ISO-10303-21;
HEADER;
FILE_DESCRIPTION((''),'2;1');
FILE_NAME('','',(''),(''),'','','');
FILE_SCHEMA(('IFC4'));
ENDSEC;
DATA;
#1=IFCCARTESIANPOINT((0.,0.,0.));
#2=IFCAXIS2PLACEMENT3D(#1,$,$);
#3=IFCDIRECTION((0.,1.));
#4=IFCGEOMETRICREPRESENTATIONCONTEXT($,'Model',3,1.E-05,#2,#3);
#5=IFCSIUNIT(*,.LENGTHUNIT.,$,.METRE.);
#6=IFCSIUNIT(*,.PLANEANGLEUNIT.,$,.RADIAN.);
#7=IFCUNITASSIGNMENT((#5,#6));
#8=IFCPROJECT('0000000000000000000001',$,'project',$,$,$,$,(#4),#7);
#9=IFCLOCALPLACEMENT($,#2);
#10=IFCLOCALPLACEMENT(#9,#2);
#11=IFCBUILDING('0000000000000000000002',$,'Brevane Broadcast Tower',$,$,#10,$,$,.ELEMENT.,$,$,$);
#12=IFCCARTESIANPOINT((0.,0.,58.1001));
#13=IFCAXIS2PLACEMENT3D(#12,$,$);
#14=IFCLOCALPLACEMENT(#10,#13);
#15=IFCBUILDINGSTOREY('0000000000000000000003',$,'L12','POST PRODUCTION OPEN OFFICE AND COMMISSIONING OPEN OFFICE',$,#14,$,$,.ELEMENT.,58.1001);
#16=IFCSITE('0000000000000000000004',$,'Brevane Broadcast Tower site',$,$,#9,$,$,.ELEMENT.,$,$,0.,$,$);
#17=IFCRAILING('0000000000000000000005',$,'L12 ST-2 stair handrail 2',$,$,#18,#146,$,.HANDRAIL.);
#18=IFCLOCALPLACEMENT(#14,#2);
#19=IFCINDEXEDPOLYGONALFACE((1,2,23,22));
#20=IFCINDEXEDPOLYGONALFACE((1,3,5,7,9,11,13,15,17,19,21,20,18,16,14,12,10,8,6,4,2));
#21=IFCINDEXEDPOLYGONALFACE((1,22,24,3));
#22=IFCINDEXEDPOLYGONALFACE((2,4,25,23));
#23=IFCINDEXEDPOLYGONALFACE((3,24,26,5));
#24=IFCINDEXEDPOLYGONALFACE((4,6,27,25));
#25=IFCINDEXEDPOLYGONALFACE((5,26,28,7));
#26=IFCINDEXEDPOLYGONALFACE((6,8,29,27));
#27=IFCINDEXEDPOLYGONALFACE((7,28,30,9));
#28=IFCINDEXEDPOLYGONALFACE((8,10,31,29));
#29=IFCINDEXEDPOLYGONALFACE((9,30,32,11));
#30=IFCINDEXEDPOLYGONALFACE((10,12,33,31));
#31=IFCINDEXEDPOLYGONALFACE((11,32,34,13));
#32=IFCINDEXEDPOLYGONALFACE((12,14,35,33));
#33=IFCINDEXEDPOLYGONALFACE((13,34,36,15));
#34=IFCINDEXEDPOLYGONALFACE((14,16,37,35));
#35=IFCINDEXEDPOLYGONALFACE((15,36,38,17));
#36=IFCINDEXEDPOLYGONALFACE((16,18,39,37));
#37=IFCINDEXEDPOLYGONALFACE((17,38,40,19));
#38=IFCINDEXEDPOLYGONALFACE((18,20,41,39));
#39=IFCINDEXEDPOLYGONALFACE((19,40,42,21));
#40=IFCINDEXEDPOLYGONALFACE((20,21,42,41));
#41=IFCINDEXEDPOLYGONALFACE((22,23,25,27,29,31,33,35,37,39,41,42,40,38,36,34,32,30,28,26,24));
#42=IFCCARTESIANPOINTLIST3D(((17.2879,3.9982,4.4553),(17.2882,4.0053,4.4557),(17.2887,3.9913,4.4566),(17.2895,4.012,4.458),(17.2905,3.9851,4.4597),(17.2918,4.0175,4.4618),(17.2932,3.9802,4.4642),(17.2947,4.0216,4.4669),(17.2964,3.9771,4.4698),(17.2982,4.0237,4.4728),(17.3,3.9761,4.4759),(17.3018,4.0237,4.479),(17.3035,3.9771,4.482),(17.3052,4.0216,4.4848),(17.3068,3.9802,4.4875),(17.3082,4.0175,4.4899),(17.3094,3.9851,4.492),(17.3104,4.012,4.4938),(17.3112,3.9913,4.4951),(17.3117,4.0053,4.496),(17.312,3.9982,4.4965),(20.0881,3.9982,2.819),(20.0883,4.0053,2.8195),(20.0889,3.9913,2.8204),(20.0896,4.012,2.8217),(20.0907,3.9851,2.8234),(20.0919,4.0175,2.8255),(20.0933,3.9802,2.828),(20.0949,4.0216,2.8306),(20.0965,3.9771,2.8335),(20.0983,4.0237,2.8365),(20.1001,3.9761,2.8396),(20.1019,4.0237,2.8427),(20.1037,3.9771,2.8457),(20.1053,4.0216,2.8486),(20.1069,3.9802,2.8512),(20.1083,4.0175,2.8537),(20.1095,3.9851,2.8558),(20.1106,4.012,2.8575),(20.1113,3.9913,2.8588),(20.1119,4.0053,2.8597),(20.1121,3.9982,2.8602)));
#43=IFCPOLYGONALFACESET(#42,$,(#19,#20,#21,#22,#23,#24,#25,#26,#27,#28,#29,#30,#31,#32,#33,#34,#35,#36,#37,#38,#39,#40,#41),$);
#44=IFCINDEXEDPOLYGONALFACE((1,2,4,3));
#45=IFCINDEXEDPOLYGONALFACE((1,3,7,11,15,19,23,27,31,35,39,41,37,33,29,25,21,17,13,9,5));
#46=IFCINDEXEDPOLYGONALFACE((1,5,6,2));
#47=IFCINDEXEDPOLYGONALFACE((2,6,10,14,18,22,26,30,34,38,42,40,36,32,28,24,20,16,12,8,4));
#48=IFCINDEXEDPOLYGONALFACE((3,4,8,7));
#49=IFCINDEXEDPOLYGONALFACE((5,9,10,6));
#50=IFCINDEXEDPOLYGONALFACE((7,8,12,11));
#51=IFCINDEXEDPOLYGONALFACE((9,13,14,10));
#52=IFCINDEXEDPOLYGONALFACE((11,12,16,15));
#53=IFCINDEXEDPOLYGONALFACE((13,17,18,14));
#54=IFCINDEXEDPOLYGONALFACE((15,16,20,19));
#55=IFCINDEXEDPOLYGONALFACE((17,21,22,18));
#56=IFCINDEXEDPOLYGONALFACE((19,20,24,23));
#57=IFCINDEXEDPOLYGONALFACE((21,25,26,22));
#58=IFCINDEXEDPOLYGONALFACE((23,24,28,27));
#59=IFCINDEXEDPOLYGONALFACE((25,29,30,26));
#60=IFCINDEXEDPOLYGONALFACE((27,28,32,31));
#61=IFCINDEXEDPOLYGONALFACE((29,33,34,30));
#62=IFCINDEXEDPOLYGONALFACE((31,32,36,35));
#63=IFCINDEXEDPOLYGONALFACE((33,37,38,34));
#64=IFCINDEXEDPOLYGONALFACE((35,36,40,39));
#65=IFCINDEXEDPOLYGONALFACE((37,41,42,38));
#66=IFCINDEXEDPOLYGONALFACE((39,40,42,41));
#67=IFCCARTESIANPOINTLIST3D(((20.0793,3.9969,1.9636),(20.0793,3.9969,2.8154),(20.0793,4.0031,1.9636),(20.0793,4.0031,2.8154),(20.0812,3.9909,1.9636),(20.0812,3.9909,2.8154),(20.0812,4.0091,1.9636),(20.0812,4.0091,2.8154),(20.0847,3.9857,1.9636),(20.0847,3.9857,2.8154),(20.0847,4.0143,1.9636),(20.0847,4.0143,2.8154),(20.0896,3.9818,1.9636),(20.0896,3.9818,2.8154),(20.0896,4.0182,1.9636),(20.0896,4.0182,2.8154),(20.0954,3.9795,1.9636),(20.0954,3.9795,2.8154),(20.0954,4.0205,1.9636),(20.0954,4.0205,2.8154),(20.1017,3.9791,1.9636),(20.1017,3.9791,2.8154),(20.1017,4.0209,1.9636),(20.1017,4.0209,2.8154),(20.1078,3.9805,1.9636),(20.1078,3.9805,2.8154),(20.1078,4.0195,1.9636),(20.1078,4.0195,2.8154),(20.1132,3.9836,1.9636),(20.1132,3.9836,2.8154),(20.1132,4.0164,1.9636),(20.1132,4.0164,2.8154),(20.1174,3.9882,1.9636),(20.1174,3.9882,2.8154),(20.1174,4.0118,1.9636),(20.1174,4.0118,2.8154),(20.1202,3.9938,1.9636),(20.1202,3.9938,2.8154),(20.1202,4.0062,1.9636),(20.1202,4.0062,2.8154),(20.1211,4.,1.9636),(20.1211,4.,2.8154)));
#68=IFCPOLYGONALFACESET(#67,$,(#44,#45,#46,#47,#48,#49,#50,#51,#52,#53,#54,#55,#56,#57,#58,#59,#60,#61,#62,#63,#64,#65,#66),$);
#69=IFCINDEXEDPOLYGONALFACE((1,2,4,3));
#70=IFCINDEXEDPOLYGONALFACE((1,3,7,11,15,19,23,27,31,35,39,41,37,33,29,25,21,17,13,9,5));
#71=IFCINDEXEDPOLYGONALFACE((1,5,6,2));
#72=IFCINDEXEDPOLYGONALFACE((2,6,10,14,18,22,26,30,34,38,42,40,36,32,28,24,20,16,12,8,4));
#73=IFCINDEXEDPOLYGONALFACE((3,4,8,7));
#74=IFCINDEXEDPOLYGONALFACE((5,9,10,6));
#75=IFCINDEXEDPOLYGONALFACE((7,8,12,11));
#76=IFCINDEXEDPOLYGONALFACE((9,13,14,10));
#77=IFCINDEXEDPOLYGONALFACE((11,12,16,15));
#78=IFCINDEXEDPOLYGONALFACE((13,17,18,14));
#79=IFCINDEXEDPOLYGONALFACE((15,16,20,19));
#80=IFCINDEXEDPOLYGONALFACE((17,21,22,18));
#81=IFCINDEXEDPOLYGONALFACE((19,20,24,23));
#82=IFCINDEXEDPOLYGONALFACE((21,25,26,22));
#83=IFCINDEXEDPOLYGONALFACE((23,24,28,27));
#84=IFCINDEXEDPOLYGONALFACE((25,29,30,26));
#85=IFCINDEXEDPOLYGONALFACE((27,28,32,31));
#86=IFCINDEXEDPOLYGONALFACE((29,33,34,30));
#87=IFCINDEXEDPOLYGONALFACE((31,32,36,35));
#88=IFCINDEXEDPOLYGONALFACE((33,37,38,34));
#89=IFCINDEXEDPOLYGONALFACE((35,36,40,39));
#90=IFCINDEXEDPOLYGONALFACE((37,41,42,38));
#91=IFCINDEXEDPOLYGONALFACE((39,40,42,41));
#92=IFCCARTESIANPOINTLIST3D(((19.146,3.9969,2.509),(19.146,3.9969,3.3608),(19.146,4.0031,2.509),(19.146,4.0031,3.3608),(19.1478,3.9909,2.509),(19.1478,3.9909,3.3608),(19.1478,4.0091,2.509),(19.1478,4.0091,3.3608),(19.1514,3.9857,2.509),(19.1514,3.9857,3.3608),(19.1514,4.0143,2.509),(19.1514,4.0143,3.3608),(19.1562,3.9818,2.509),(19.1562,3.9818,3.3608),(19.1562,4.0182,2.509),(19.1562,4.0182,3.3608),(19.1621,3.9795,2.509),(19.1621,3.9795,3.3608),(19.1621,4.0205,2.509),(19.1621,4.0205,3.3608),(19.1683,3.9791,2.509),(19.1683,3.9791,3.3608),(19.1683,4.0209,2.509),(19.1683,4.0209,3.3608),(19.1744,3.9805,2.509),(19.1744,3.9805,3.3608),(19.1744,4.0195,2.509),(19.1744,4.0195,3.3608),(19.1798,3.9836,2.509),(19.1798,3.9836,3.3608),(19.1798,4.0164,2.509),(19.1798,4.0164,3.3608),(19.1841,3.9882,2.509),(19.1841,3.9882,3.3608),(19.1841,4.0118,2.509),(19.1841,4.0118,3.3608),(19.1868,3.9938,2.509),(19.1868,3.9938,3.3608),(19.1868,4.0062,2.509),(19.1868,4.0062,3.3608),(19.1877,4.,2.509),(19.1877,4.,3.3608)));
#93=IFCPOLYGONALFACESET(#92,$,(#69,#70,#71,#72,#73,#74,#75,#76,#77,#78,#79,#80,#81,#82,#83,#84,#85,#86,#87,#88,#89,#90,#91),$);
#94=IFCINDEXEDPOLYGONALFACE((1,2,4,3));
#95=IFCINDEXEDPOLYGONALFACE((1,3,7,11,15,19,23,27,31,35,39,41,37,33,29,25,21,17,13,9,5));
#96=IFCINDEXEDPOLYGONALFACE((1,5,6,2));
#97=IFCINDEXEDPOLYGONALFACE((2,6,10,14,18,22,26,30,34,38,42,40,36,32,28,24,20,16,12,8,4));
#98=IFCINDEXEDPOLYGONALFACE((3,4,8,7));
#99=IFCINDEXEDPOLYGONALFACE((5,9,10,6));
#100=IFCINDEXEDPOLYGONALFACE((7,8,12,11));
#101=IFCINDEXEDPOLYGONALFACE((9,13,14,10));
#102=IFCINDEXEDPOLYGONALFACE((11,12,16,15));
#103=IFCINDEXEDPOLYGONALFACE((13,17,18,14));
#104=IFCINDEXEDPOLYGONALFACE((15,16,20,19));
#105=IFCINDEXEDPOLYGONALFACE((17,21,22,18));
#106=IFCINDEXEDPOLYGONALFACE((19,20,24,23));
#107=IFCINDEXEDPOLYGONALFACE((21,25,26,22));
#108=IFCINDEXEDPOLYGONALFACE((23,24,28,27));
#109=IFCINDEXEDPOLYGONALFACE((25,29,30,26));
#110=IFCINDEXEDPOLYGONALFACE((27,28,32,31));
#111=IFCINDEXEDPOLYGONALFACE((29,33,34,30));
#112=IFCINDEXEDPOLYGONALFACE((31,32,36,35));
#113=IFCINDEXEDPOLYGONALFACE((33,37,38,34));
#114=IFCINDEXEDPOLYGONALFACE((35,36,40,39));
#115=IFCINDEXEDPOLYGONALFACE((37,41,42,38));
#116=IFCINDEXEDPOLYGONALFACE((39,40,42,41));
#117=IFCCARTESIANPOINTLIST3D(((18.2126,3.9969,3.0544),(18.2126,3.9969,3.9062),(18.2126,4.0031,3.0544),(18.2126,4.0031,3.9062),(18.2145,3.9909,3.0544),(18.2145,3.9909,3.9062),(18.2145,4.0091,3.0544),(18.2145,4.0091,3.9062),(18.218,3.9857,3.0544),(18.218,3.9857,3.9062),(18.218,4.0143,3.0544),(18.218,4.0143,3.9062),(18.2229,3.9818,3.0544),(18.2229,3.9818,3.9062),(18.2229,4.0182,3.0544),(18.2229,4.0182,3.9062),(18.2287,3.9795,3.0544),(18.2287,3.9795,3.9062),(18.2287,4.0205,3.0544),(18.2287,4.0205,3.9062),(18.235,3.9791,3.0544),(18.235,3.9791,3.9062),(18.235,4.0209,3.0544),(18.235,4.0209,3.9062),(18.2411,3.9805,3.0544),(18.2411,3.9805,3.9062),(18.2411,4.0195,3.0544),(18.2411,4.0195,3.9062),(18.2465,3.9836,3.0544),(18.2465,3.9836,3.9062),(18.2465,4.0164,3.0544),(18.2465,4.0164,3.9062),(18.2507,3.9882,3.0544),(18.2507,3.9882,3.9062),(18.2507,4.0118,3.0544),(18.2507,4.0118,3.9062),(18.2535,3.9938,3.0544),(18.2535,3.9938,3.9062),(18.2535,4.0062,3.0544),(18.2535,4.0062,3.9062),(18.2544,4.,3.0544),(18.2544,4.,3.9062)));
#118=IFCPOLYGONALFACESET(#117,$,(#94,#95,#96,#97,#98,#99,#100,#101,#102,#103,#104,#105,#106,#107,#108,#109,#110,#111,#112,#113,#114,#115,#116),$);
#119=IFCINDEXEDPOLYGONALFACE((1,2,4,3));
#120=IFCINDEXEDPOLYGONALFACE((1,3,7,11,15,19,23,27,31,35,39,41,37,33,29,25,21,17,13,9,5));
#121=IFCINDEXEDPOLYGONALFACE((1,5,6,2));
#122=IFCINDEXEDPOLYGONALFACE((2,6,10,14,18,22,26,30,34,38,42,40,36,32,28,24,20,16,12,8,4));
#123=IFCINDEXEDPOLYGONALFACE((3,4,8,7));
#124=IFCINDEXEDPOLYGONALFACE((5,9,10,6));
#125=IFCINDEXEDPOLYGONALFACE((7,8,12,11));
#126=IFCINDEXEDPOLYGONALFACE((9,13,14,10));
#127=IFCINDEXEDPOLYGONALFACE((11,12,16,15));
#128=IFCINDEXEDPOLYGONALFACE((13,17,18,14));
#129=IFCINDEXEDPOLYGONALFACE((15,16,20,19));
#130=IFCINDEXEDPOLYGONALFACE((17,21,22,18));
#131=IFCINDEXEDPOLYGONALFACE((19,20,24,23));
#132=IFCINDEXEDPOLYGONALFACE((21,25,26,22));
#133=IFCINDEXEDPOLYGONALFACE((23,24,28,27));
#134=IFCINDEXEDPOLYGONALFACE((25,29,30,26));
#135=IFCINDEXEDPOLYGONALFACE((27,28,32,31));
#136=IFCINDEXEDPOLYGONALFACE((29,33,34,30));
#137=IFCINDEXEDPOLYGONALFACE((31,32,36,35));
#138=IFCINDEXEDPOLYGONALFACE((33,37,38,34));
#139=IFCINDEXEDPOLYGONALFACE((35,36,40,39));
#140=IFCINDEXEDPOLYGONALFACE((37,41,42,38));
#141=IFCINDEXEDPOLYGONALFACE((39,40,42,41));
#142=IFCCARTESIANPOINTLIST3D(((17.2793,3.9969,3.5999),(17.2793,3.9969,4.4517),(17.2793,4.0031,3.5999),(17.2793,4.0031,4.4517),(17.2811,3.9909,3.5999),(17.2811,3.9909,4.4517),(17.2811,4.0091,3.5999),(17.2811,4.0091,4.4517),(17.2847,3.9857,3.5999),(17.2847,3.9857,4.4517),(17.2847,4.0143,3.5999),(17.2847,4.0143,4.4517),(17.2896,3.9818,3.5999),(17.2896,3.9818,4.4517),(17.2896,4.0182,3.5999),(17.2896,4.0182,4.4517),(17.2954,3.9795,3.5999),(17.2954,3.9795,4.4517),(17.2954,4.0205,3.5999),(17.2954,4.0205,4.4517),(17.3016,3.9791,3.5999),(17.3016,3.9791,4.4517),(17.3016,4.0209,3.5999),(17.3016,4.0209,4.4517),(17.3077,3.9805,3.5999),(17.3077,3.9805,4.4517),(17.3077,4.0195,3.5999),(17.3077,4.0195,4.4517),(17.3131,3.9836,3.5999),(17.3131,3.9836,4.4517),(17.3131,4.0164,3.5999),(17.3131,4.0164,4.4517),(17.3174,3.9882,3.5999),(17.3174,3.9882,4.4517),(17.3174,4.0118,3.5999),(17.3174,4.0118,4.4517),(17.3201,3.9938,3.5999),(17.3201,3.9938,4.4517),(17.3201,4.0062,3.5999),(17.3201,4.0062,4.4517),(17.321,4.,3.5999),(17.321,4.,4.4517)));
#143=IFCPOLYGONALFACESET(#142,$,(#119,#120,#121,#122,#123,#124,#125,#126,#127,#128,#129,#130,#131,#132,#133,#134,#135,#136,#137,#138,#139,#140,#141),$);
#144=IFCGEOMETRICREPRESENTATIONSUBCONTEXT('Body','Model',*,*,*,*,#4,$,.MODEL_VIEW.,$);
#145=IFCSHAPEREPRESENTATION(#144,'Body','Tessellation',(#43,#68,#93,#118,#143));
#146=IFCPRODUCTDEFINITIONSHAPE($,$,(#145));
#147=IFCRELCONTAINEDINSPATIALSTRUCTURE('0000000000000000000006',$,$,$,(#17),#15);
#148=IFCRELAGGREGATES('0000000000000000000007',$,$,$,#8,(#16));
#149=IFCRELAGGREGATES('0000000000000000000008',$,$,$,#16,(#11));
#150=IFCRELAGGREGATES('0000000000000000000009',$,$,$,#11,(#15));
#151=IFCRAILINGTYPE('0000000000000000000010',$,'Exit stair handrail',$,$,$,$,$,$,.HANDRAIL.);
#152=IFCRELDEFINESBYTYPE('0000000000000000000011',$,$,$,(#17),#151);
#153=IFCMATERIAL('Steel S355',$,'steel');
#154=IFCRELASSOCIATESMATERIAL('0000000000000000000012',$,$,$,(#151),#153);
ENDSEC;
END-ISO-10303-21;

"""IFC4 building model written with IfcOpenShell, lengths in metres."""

from ifc_helpers import new_model, si_unit, direction, frame, origin, origin_2d, place, context, subcontext, project, spatial, circle, extrude, material, type_object, element, save


model = new_model("IFC4")

# Units and contexts
model_context = context("Model", 3, precision=1e-05, world=origin(), true_north=direction((0.0, 1.0)))
body_context = subcontext(model_context, "Body", "Model", "MODEL_VIEW")
ifc_project = project(units=[si_unit("LENGTHUNIT", "METRE"), si_unit("PLANEANGLEUNIT", "RADIAN")], contexts=[model_context])

# Site, building, storey
site_placement = place(None, origin())
site = spatial("IfcSite", under=ifc_project, at=site_placement, Name="Brevane Broadcast Tower site", CompositionType="ELEMENT", RefElevation=0.0)
building_placement = place(site_placement, origin())
building = spatial("IfcBuilding", under=site, at=building_placement, Name="Brevane Broadcast Tower", CompositionType="ELEMENT")
storey_placement = place(building_placement, frame((0.0, 0.0, 58.1001)))
storey = spatial("IfcBuildingStorey", under=building, at=storey_placement, Name="L12", Description="POST PRODUCTION OPEN OFFICE AND COMMISSIONING OPEN OFFICE", CompositionType="ELEMENT", Elevation=58.1001)

# Railing
ifc_material_1 = material(Name="Steel S355", Category="steel")
railing_type_1 = type_object("IfcRailingType", Name="Exit stair handrail", PredefinedType="HANDRAIL", material=ifc_material_1)
railing_1_placement = place(storey_placement, frame((20.1001, 4.0, 1.9636)))
element("IfcRailing", 1, at=railing_1_placement, inside=storey, type_object=railing_type_1, Name="L12 ST-2 stair handrail 2", PredefinedType="HANDRAIL", context=body_context, shape_type="SweptSolid", body=[
    extrude(circle(Radius=0.0239, at=origin_2d()), frame((0.0, 0.0, 0.876), z_axis=(-0.863394, 0.0, 0.504531), x_axis=(0.0, -1.0, 0.0)), (0.0, 0.0, 1.0), 3.2432),
    extrude(circle(Radius=0.021, at=origin_2d()), origin(), (0.0, 0.0, 1.0), 0.8518),
    extrude(circle(Radius=0.021, at=origin_2d()), frame((-0.9333, 0.0, 0.5454)), (0.0, 0.0, 1.0), 0.8518),
    extrude(circle(Radius=0.021, at=origin_2d()), frame((-1.8667, 0.0, 1.0908)), (0.0, 0.0, 1.0), 0.8518),
    extrude(circle(Radius=0.021, at=origin_2d()), frame((-2.8, 0.0, 1.6362)), (0.0, 0.0, 1.0), 0.8518),
])

save(model, "model.ifc")
